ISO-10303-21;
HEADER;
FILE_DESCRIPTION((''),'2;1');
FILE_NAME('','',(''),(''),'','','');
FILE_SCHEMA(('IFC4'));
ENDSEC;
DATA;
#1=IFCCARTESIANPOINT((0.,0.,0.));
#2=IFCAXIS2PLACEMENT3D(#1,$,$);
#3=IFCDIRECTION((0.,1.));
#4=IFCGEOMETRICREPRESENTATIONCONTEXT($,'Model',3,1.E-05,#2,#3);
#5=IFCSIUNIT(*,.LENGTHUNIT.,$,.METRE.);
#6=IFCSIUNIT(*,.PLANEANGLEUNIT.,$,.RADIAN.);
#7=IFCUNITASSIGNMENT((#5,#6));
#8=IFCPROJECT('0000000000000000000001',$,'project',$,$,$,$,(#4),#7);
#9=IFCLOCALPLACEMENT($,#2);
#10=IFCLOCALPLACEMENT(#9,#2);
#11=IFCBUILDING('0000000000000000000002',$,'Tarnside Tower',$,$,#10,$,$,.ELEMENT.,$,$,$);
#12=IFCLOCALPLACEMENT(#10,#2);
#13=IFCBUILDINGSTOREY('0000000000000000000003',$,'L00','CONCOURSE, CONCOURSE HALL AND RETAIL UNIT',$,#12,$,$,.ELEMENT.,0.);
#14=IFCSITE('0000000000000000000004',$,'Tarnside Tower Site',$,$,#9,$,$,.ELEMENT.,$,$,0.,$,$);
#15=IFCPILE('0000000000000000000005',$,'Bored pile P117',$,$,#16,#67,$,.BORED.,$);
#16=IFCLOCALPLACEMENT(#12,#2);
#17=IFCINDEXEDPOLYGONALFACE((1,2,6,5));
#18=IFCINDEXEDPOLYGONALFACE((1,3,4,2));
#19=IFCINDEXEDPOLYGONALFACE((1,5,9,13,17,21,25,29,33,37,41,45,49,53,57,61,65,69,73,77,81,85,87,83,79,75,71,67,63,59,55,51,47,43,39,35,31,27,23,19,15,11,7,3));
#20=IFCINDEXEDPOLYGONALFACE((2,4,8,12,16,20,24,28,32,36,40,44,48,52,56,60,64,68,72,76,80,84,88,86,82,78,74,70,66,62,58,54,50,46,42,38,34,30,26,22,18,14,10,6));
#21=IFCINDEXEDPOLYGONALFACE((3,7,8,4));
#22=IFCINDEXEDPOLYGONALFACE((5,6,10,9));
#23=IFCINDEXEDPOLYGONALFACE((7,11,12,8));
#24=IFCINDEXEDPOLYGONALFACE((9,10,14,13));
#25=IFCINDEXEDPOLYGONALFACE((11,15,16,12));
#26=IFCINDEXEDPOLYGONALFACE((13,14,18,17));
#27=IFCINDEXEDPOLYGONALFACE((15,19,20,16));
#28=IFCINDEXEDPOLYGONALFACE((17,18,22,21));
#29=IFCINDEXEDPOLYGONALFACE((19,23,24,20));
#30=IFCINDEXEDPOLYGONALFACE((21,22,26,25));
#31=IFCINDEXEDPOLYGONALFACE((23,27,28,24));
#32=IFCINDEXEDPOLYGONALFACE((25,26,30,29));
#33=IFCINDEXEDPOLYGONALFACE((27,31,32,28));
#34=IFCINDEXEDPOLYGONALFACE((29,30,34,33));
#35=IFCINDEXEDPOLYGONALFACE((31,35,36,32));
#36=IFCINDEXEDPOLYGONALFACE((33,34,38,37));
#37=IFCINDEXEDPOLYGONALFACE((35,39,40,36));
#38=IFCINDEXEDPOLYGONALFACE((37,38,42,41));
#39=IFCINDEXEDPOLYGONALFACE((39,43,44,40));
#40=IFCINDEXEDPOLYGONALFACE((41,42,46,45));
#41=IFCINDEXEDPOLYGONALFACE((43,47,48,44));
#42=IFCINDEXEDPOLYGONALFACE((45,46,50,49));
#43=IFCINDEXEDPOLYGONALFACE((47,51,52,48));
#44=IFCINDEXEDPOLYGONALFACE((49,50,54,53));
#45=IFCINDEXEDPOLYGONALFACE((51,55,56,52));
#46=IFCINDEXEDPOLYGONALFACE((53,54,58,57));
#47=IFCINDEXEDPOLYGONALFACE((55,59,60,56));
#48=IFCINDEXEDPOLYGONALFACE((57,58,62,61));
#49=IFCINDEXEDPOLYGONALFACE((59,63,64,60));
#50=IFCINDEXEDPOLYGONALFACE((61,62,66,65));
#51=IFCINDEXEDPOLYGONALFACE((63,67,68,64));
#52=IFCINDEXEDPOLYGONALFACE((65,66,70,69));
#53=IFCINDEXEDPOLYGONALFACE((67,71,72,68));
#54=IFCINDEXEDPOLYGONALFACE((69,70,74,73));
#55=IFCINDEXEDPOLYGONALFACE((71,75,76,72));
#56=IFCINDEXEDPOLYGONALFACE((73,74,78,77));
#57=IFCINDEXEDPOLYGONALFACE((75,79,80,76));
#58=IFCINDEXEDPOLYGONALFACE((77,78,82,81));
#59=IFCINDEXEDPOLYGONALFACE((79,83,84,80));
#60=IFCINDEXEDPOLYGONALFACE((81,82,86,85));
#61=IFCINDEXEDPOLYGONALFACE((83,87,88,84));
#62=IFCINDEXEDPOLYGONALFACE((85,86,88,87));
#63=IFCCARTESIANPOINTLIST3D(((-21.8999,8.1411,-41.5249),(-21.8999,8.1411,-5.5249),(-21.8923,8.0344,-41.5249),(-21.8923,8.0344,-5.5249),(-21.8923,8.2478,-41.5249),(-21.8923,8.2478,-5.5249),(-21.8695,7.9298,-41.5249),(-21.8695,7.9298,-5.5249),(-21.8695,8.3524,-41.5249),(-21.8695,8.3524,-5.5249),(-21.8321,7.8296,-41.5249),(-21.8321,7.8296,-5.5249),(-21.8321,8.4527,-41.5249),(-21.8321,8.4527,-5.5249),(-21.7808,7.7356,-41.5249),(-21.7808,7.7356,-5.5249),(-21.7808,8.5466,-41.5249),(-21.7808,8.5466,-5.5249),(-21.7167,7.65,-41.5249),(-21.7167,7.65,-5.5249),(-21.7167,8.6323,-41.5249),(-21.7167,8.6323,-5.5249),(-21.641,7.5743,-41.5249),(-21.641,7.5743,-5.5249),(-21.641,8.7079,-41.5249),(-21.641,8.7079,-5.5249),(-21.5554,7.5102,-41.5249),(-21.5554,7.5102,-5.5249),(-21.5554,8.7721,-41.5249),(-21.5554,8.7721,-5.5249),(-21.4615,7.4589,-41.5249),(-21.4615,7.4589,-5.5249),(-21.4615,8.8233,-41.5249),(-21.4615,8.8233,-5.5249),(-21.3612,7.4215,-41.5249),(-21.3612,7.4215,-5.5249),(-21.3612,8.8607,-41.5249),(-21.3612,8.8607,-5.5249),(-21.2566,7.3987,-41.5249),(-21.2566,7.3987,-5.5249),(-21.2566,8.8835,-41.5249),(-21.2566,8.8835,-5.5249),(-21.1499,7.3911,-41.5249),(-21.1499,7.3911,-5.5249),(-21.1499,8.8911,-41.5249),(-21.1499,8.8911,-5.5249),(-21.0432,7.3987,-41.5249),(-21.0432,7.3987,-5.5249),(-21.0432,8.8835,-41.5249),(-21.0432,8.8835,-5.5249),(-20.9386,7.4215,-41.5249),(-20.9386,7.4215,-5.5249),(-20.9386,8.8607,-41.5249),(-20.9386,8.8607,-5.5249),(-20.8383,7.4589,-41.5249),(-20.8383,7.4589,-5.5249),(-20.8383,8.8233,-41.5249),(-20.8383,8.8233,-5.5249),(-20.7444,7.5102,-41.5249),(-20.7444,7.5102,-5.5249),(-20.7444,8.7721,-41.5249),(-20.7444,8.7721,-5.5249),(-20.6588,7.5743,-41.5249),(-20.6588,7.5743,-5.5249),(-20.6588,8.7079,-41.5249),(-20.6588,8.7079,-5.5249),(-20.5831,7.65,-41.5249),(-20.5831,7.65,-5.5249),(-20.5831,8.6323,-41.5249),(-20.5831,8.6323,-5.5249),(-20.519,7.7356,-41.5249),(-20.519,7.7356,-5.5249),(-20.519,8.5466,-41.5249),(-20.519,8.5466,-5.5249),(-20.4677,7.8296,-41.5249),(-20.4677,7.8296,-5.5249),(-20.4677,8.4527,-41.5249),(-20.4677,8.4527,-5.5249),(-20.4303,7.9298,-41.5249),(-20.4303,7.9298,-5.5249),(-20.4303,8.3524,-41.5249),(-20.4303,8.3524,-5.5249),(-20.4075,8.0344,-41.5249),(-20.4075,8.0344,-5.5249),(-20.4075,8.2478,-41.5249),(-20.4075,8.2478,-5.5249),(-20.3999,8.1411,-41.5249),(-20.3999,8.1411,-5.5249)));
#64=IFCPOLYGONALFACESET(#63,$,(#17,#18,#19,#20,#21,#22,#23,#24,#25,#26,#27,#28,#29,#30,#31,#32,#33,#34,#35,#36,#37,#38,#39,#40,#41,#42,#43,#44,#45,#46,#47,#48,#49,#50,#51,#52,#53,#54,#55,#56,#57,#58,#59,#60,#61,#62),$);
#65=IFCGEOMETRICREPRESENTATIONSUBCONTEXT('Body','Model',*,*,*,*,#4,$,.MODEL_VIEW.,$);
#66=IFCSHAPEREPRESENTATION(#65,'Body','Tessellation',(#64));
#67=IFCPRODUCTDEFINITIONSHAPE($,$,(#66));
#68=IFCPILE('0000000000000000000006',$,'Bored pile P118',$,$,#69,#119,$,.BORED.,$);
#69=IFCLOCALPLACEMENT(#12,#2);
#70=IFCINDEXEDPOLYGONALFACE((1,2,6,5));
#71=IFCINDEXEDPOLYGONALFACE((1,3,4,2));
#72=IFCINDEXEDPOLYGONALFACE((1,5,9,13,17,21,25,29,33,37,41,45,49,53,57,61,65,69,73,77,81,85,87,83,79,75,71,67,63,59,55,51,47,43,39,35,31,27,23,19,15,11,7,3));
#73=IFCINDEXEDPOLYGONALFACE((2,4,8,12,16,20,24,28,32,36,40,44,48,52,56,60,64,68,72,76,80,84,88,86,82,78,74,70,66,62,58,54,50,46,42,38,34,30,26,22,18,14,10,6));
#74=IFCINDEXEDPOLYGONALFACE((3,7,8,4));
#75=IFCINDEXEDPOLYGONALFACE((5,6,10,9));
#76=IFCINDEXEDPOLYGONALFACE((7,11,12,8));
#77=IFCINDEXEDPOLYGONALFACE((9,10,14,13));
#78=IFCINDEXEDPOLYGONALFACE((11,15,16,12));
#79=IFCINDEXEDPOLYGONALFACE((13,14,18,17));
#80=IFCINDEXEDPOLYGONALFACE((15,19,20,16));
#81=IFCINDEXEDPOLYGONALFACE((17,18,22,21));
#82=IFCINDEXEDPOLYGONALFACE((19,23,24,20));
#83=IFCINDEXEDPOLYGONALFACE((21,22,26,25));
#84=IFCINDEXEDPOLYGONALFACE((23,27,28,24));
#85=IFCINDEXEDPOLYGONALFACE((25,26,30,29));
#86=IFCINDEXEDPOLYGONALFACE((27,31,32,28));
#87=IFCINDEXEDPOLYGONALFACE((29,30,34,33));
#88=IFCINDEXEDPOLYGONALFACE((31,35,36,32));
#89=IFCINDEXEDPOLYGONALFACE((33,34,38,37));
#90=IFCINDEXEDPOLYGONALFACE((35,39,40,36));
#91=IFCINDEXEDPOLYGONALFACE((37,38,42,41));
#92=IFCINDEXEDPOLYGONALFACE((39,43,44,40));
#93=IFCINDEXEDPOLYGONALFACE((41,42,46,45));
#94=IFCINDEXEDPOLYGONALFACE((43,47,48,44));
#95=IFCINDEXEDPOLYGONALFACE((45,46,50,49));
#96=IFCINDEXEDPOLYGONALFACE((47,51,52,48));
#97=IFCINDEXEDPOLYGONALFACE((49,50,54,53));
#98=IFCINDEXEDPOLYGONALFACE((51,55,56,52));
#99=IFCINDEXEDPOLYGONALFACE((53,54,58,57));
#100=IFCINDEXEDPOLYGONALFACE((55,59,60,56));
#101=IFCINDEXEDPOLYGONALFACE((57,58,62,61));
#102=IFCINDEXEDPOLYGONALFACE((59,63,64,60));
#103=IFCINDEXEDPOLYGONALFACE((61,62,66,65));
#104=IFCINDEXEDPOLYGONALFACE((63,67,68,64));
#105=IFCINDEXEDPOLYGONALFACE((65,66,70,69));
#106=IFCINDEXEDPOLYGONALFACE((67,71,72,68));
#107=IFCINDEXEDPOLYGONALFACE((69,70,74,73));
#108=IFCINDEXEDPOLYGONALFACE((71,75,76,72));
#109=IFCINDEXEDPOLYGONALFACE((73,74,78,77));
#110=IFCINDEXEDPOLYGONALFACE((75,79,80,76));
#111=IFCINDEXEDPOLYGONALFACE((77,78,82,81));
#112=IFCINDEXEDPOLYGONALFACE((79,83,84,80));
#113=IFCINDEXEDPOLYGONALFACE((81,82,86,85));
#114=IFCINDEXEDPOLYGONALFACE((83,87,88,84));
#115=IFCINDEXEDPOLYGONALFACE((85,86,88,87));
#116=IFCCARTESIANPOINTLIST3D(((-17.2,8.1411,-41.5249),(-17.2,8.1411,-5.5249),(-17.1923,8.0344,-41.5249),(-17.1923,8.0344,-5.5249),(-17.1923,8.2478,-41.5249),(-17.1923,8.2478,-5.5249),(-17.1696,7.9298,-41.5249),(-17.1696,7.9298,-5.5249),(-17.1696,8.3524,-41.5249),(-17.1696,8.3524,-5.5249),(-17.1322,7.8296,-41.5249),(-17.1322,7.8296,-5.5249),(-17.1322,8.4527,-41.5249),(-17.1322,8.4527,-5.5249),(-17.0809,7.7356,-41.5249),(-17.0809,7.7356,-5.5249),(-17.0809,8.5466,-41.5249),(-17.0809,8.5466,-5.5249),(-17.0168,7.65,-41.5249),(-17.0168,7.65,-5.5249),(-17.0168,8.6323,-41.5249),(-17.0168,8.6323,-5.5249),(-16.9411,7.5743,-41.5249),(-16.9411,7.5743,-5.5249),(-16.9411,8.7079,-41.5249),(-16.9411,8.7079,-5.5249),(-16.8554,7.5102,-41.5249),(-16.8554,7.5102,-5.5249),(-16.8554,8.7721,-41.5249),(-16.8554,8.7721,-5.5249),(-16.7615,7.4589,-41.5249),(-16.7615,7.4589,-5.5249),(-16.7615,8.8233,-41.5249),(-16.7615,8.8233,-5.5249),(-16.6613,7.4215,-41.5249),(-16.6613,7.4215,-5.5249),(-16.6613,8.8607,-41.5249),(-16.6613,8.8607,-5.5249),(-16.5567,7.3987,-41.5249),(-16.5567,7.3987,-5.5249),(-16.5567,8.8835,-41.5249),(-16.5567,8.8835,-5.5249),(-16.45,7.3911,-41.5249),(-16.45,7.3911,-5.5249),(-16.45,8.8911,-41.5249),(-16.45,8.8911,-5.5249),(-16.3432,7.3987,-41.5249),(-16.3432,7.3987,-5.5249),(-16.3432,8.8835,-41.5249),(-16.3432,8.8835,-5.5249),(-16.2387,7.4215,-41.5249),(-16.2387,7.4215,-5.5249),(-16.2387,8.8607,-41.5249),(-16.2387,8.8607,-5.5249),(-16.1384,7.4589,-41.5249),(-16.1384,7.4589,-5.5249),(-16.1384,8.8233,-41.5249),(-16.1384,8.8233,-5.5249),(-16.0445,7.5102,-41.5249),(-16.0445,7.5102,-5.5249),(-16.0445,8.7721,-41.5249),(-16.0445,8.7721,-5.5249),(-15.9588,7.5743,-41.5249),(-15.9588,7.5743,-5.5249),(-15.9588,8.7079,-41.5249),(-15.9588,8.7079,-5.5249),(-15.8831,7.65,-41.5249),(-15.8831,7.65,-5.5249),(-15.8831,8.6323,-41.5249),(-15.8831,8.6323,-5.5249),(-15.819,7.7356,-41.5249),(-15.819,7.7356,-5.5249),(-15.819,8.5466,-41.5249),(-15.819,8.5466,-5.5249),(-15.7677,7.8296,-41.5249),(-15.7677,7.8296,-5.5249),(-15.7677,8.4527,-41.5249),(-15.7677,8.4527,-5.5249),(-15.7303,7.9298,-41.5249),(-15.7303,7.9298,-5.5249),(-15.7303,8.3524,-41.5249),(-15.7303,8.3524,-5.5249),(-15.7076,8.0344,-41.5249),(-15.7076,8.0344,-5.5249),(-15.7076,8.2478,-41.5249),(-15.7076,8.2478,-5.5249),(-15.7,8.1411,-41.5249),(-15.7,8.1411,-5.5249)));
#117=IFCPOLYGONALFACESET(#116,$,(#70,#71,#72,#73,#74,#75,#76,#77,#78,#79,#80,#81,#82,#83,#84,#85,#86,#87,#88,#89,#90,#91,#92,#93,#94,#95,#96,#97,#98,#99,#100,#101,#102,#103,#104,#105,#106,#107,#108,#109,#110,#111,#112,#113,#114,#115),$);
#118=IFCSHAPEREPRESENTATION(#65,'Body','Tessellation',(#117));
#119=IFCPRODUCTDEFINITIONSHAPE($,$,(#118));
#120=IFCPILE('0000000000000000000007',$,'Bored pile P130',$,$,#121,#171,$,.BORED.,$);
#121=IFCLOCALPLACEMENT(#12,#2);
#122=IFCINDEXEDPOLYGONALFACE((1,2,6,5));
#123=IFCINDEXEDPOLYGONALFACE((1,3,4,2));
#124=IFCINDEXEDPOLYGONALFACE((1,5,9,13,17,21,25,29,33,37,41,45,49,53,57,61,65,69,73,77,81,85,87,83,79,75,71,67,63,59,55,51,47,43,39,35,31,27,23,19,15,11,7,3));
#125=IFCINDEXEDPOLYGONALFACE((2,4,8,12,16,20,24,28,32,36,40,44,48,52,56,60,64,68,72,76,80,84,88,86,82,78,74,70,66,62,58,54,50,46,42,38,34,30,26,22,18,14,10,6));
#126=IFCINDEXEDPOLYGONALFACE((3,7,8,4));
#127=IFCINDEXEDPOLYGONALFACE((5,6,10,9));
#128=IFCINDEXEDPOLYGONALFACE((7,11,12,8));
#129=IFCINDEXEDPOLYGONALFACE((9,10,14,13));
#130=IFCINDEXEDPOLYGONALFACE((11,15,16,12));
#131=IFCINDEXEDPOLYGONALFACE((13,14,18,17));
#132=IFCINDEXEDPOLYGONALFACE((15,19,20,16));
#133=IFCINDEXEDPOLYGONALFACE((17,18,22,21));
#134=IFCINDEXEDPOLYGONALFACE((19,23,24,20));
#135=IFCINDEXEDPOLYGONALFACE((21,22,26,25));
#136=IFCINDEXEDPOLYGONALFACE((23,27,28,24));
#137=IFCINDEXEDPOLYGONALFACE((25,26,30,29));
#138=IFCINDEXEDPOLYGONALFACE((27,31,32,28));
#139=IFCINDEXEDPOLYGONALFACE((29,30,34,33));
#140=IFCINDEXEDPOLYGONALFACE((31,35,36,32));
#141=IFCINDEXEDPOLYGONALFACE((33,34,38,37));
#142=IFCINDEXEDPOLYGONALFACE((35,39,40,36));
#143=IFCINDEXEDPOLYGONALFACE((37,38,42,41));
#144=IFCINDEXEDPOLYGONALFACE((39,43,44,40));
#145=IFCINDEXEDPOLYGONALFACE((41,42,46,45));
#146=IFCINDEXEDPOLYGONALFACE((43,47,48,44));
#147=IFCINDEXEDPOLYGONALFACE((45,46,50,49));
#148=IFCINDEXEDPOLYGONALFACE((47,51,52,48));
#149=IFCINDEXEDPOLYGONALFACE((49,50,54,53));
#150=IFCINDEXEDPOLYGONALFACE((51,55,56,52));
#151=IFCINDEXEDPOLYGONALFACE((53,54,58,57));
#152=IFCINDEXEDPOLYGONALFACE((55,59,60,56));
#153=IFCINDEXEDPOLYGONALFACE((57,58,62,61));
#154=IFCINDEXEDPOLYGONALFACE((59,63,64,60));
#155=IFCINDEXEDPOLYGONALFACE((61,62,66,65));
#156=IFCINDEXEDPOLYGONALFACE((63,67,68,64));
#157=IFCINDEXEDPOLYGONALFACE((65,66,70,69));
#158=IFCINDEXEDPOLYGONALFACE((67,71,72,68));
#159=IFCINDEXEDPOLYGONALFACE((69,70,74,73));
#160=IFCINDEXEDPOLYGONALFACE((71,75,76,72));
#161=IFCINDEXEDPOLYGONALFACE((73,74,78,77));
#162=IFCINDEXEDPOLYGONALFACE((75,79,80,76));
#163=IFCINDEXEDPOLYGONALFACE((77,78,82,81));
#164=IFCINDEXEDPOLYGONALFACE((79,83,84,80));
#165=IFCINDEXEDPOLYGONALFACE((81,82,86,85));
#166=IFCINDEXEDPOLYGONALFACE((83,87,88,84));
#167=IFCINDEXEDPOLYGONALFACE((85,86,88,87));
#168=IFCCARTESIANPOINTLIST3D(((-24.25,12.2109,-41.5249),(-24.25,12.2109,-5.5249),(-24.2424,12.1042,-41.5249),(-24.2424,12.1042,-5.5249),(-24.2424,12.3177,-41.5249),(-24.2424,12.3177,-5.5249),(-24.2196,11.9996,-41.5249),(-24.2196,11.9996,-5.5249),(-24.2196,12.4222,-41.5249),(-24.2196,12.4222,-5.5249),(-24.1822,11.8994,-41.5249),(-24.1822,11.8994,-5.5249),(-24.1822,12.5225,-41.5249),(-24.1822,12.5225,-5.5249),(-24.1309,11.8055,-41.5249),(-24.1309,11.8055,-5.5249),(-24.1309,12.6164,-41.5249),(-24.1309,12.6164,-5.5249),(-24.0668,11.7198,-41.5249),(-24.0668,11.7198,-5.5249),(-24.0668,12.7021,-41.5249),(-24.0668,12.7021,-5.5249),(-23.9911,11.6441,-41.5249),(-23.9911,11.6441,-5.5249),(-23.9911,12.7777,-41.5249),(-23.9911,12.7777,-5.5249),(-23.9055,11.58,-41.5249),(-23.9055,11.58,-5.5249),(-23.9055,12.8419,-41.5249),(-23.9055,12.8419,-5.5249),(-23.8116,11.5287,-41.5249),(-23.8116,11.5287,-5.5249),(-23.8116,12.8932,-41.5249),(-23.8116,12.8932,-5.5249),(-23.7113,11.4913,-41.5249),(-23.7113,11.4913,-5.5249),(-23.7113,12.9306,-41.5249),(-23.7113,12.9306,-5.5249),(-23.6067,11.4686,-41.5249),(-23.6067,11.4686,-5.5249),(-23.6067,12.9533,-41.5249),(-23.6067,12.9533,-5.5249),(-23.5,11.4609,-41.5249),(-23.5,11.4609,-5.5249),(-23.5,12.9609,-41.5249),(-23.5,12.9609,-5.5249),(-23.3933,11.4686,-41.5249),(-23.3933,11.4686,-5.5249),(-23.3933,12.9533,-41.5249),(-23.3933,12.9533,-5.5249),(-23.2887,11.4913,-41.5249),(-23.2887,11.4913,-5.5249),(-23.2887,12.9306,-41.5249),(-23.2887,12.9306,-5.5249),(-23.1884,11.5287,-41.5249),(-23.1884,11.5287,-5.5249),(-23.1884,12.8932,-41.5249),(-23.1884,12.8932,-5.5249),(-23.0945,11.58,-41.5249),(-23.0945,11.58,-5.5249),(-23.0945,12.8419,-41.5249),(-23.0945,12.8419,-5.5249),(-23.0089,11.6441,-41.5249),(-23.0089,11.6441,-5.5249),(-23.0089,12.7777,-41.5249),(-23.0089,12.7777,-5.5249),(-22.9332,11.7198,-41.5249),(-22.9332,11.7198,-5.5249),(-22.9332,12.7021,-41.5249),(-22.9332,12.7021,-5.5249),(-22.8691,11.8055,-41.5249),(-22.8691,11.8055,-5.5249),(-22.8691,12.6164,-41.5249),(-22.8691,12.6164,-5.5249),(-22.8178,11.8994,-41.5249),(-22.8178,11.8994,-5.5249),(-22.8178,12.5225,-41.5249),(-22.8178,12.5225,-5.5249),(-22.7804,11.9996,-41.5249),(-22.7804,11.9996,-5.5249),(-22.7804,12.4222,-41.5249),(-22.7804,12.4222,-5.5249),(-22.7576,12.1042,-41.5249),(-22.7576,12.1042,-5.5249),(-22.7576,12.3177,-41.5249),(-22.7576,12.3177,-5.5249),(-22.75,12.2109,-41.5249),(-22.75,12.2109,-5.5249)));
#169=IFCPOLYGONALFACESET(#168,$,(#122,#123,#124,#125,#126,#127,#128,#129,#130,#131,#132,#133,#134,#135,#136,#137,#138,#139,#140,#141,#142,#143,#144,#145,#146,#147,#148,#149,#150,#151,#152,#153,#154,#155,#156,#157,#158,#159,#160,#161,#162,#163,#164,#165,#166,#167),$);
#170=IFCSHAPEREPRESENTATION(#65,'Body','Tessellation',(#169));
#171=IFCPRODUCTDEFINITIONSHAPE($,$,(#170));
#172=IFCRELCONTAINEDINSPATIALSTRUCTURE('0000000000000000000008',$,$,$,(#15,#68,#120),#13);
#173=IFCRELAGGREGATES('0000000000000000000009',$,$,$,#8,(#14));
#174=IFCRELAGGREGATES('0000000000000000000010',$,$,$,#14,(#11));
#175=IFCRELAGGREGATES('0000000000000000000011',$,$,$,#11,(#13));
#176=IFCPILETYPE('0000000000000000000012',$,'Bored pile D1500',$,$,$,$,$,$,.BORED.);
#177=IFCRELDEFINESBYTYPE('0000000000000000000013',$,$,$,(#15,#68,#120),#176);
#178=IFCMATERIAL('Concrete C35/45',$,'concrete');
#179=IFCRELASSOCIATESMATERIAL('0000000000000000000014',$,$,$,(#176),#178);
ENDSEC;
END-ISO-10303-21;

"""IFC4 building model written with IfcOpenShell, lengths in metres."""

from ifc_helpers import new_model, si_unit, direction, frame, origin, origin_2d, place, context, subcontext, project, spatial, circle, extrude, material, material_profile, profile_set, type_object, element, save


model = new_model("IFC4")

# Units and contexts
model_context = context("Model", 3, precision=1e-05, world=origin(), true_north=direction((0.0, 1.0)))
body_context = subcontext(model_context, "Body", "Model", "MODEL_VIEW")
ifc_project = project(units=[si_unit("LENGTHUNIT", "METRE"), si_unit("PLANEANGLEUNIT", "RADIAN")], contexts=[model_context])

# Site, building, storey
site_placement = place(None, origin())
site = spatial("IfcSite", under=ifc_project, at=site_placement, Name="Tarnside Tower Site", CompositionType="ELEMENT", RefElevation=0.0)
building_placement = place(site_placement, origin())
building = spatial("IfcBuilding", under=site, at=building_placement, Name="Tarnside Tower", CompositionType="ELEMENT")
storey_placement = place(building_placement, origin())
storey = spatial("IfcBuildingStorey", under=building, at=storey_placement, Name="L00", Description="CONCOURSE, CONCOURSE HALL AND RETAIL UNIT", CompositionType="ELEMENT", Elevation=0.0)

# Piles
ifc_material_1 = material(Name="Concrete C35/45", Category="concrete")
ifc_material_profile_1 = material_profile(ifc_material_1, circle(Radius=0.75, at=origin_2d()), Name="Bored pile D1500")
ifc_profile_set_1 = profile_set([ifc_material_profile_1], Name="Concrete C35/45")
pile_type = type_object("IfcPileType", Name="Bored pile D1500", PredefinedType="BORED", material=ifc_profile_set_1)
for number, where, z_axis, x_axis, name in (
    (1, (-21.1499, 8.1411, -5.5249), (0.0, 0.0, -1.0), (1.0, 0.0, 0.0), "Bored pile P117"),
    (2, (-16.45, 8.1411, -5.5249), (0.0, 0.0, -1.0), (1.0, 0.0, 0.0), "Bored pile P118"),
    (3, (-23.5, 12.2109, -5.5249), (0.0, 0.0, -1.0), (1.0, 0.0, 0.0), "Bored pile P130"),
):
    element("IfcPile", number, at=place(storey_placement, frame(where, z_axis=z_axis, x_axis=x_axis)), inside=storey, type_object=pile_type, Name=name, PredefinedType="BORED", context=body_context, shape_type="SweptSolid", body=[
        extrude(circle(Radius=0.75, at=origin_2d()), origin(), (0.0, 0.0, 1.0), 36.0),
    ])

save(model, "model.ifc")
